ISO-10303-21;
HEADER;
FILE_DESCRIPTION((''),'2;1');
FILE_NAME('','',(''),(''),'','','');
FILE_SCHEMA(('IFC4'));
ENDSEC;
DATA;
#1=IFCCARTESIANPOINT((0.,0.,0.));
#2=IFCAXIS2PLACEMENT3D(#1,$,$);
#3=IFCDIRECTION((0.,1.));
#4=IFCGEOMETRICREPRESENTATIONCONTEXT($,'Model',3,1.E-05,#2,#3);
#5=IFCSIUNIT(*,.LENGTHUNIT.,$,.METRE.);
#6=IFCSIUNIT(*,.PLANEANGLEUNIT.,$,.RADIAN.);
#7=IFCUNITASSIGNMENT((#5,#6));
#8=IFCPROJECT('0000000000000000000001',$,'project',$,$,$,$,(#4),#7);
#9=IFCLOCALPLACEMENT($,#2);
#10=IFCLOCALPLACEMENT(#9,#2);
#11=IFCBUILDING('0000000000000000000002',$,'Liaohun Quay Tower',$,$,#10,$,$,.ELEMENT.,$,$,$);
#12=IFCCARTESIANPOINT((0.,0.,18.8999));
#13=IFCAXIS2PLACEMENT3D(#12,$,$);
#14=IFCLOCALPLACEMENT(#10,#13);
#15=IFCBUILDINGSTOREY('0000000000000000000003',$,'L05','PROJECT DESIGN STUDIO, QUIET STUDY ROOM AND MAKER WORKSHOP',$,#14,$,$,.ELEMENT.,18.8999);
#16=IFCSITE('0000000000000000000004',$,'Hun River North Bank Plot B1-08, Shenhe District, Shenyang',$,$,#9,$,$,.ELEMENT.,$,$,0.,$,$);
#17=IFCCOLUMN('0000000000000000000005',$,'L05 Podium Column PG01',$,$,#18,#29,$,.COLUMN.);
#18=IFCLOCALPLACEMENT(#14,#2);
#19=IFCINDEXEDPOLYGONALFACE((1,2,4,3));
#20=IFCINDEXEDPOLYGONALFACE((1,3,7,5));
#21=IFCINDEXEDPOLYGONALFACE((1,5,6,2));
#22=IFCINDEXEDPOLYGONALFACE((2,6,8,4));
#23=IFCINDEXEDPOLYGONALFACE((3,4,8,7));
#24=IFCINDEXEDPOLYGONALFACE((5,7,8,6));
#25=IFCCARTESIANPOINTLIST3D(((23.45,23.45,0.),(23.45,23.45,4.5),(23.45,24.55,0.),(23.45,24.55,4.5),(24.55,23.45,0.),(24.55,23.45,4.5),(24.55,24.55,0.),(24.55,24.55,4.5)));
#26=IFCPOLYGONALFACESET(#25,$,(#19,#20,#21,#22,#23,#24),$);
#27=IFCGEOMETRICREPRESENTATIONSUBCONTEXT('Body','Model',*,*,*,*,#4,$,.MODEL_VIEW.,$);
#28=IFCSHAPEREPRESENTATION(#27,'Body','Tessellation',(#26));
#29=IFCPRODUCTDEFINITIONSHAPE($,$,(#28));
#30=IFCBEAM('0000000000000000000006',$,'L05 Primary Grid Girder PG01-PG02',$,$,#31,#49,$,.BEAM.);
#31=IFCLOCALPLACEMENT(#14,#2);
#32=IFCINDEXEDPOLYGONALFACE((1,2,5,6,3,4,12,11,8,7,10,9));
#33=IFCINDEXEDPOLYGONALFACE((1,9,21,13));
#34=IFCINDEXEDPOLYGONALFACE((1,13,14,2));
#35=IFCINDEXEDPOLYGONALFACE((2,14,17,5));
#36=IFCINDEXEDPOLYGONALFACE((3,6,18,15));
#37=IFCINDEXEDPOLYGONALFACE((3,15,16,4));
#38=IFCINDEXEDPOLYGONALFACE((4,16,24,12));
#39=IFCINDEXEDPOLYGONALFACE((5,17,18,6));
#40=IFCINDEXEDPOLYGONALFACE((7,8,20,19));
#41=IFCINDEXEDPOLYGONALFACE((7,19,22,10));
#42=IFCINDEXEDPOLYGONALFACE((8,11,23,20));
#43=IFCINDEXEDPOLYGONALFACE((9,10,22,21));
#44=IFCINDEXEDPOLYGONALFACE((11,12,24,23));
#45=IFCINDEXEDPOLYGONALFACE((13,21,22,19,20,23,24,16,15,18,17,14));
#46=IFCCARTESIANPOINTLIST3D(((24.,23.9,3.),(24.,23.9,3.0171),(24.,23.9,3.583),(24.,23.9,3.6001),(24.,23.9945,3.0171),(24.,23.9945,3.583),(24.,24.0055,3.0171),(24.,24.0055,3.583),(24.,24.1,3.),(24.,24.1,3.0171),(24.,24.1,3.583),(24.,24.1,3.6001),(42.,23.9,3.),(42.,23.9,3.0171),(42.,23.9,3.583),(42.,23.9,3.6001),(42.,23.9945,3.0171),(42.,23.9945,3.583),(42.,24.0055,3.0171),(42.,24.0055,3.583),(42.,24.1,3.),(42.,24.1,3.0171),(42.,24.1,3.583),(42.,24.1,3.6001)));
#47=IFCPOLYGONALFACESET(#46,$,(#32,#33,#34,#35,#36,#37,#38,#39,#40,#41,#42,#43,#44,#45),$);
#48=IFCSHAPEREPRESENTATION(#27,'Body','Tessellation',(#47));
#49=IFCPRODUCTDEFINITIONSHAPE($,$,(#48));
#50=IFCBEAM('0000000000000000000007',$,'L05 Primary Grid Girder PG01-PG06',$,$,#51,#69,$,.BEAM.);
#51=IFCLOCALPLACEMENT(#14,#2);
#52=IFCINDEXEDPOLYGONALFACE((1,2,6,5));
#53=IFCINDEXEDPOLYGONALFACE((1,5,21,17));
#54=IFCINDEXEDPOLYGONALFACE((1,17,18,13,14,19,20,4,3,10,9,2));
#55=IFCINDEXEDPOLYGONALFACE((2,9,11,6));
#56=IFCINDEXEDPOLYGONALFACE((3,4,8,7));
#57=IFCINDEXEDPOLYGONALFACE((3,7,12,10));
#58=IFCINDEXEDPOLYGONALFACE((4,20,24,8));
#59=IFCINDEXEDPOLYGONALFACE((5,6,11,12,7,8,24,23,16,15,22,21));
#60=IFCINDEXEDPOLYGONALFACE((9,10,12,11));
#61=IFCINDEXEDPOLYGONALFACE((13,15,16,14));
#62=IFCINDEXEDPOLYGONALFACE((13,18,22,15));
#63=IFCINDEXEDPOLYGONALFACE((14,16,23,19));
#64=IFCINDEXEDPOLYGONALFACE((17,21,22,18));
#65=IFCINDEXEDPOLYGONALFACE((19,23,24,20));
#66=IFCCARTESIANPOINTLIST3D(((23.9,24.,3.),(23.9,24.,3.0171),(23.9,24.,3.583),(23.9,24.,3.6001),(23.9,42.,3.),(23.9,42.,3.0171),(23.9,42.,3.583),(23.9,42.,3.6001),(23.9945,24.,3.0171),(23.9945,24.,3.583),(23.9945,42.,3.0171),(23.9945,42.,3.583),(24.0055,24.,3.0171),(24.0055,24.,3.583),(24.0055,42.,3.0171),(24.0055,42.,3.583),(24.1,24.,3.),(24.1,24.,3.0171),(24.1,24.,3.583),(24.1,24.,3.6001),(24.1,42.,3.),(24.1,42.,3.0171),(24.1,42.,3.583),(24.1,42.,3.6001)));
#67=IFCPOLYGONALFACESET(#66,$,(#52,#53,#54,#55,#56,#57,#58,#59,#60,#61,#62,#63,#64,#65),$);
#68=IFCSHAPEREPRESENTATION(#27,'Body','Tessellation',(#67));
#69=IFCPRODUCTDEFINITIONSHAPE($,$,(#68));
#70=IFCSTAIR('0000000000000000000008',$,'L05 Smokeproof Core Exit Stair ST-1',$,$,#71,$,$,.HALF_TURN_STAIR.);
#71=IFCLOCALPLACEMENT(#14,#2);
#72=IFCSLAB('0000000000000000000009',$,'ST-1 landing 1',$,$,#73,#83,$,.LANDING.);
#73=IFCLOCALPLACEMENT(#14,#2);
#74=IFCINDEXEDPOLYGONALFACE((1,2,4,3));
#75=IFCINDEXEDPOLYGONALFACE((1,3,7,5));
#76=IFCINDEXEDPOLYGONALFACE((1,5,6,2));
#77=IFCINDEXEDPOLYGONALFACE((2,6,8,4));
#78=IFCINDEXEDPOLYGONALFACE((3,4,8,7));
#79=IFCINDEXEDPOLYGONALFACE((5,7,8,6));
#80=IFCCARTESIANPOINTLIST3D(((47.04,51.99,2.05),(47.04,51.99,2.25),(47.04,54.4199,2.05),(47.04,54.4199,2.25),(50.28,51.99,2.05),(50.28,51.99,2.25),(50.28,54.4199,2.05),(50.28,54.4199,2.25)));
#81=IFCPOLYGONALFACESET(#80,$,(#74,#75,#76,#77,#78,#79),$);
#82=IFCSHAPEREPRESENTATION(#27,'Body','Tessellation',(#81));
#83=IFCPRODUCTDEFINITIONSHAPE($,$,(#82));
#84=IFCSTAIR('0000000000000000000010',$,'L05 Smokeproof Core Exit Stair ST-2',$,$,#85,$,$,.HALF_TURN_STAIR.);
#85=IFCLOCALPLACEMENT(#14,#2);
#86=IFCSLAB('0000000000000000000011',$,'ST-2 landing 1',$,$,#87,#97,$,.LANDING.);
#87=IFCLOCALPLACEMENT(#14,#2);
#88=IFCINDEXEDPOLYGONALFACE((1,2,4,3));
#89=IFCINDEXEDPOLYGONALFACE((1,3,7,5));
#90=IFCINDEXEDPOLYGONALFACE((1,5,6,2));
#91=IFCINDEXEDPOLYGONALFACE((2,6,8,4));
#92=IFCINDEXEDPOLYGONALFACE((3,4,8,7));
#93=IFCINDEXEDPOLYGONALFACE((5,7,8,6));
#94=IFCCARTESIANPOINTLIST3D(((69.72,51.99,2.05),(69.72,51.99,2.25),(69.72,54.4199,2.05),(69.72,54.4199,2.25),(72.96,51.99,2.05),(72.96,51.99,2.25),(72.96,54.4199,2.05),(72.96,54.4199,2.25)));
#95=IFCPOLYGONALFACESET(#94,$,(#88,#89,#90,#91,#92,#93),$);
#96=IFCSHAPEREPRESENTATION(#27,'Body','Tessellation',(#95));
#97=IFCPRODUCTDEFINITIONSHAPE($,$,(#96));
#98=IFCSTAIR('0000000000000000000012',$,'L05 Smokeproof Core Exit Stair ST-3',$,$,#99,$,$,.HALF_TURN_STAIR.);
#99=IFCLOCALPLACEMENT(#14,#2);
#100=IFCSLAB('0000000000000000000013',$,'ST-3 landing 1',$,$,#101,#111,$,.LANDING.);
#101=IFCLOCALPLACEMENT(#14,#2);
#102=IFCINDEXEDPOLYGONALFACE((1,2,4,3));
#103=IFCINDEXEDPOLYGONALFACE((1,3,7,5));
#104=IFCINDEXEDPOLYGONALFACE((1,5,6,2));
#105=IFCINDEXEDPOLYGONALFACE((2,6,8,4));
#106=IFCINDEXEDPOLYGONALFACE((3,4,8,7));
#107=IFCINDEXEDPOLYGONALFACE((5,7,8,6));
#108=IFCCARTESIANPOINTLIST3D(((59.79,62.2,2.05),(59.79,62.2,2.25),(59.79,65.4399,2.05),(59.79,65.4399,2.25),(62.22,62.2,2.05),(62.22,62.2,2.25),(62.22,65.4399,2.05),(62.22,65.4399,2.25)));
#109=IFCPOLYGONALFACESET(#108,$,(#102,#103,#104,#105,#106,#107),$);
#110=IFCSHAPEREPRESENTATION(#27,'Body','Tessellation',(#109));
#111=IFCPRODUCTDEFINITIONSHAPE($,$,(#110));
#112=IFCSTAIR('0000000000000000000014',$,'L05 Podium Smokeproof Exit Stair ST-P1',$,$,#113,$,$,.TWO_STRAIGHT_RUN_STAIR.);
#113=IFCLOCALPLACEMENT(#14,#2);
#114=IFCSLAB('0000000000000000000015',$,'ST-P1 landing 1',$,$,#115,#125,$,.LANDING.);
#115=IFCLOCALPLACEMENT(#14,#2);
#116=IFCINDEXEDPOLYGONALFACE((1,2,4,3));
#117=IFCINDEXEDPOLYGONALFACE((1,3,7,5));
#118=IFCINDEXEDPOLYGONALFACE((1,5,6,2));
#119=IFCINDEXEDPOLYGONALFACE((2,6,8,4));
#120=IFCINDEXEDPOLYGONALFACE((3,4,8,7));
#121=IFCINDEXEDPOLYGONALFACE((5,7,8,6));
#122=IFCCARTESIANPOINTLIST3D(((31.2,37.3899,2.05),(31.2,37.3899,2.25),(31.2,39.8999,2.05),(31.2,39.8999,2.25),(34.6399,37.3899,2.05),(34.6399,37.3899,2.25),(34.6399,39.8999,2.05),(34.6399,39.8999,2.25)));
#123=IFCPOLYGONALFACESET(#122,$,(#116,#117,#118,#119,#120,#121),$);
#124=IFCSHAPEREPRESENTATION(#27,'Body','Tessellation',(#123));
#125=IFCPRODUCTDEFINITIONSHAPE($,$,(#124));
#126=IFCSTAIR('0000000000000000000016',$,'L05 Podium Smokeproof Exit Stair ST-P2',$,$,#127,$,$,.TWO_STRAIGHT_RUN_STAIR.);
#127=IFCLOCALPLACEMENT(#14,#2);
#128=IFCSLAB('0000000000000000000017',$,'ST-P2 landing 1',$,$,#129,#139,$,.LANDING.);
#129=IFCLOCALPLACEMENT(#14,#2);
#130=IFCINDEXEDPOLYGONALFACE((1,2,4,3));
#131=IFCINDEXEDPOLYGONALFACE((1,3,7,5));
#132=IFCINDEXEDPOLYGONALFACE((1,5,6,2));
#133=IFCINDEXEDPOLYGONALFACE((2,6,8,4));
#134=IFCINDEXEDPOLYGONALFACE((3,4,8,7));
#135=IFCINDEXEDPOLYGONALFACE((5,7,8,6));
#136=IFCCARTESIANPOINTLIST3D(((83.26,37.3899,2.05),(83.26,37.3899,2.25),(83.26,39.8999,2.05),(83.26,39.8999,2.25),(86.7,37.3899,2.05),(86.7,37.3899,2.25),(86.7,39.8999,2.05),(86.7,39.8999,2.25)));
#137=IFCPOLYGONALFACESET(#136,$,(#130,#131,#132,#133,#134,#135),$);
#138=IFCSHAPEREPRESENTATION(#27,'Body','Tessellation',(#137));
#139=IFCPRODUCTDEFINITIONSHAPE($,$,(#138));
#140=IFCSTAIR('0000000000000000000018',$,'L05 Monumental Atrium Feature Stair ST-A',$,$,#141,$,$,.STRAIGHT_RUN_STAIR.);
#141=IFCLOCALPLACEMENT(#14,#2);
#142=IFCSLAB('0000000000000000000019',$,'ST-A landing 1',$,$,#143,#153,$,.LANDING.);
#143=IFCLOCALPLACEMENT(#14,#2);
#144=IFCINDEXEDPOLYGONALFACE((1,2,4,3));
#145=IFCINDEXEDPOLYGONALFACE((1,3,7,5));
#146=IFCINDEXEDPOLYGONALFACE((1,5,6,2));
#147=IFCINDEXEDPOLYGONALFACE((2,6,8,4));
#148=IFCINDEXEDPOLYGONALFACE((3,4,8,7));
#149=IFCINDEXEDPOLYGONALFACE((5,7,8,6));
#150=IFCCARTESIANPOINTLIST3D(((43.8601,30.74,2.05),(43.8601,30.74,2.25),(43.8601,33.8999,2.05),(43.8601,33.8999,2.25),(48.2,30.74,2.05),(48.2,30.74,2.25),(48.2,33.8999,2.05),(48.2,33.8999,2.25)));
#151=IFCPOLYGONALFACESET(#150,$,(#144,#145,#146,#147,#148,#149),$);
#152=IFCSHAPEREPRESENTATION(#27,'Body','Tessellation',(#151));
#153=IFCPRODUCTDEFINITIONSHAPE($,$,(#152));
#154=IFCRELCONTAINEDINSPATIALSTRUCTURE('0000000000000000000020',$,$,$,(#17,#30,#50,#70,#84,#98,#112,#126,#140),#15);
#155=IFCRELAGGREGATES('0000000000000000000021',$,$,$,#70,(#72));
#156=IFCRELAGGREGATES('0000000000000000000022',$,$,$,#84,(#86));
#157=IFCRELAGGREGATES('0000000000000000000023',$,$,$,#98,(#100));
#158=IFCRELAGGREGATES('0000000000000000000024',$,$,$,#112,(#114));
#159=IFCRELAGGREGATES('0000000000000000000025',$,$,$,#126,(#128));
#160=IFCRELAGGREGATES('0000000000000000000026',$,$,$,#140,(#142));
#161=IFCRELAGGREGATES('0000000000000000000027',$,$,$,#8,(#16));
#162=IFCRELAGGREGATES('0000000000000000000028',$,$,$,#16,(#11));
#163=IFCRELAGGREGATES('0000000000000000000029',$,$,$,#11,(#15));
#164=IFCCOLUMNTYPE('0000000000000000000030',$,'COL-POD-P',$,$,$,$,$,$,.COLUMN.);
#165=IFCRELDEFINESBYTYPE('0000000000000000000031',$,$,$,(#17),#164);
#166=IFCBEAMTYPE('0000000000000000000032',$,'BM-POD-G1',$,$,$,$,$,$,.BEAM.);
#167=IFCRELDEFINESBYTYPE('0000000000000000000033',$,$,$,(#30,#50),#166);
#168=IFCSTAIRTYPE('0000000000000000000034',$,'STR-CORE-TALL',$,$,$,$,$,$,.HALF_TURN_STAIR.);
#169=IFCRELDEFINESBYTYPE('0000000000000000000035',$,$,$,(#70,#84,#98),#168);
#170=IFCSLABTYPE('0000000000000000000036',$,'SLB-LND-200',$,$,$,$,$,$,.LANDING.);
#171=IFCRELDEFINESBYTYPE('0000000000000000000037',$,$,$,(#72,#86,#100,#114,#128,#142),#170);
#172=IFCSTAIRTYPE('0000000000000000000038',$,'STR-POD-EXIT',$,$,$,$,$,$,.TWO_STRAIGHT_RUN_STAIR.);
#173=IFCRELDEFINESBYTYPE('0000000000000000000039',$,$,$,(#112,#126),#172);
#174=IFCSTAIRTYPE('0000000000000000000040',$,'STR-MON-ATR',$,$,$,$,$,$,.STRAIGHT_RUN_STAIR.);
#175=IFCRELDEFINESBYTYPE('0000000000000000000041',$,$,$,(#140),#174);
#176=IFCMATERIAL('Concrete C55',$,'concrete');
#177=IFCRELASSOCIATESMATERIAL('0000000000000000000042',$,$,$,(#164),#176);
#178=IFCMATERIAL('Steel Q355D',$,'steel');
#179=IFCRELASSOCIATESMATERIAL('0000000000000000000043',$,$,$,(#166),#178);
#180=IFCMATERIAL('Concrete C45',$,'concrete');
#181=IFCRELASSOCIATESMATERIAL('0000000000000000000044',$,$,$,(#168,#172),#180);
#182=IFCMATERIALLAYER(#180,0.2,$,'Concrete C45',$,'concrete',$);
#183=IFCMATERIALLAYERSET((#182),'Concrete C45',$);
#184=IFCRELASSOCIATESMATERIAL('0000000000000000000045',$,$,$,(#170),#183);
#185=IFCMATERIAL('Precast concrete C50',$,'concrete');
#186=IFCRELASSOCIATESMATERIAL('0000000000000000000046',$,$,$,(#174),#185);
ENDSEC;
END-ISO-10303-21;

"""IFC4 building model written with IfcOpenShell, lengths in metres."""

from ifc_helpers import new_model, si_unit, direction, frame, origin, origin_2d, place, context, subcontext, project, spatial, polyline, rectangle, i_section, outline, extrude, source, transform, mapped, material, layer, layer_set, material_profile, profile_set, type_object, element, aggregate, save


model = new_model("IFC4")

# Units and contexts
model_context = context("Model", 3, precision=1e-05, world=origin(), true_north=direction((0.0, 1.0)))
body_context = subcontext(model_context, "Body", "Model", "MODEL_VIEW")
ifc_project = project(units=[si_unit("LENGTHUNIT", "METRE"), si_unit("PLANEANGLEUNIT", "RADIAN")], contexts=[model_context])

# Site, building, storey
site_placement = place(None, origin())
site = spatial("IfcSite", under=ifc_project, at=site_placement, Name="Hun River North Bank Plot B1-08, Shenhe District, Shenyang", CompositionType="ELEMENT", RefElevation=0.0)
building_placement = place(site_placement, origin())
building = spatial("IfcBuilding", under=site, at=building_placement, Name="Liaohun Quay Tower", CompositionType="ELEMENT")
storey_placement = place(building_placement, frame((0.0, 0.0, 18.8999)))
storey = spatial("IfcBuildingStorey", under=building, at=storey_placement, Name="L05", Description="PROJECT DESIGN STUDIO, QUIET STUDY ROOM AND MAKER WORKSHOP", CompositionType="ELEMENT", Elevation=18.8999)

# Column
ifc_material_1 = material(Name="Concrete C55", Category="concrete")
ifc_material_profile_1 = material_profile(ifc_material_1, rectangle(XDim=1.1001, YDim=1.1001, at=origin_2d()), Name="RC1100x1100")
ifc_profile_set_1 = profile_set([ifc_material_profile_1], Name="Concrete C55")
column_type = type_object("IfcColumnType", Name="COL-POD-P", PredefinedType="COLUMN", material=ifc_profile_set_1)
shared_shape_1 = source(origin(), body_context, "Body", "SweptSolid", [
    extrude(rectangle(XDim=1.1001, YDim=1.1001, at=origin_2d()), origin(), (0.0, 0.0, 1.0), 4.5),
])
column_placement = place(storey_placement, frame((24.0, 24.0, 0.0), z_axis=(0.0, 0.0, 1.0), x_axis=(1.0, 0.0, 0.0)))
element("IfcColumn", 1, at=column_placement, inside=storey, type_object=column_type, Name="L05 Podium Column PG01", PredefinedType="COLUMN", context=body_context, shape_type="MappedRepresentation", body=[
    mapped(shared_shape_1, transform((0.0, 0.0, 0.0), x_axis=(1.0, 0.0, 0.0), y_axis=(0.0, 1.0, 0.0), z_axis=(0.0, 0.0, 1.0), scale=1.0)),
])

# Beams
ifc_material_2 = material(Name="Steel Q355D", Category="steel")
ifc_material_profile_2 = material_profile(ifc_material_2, i_section(OverallWidth=0.2, OverallDepth=0.6001, WebThickness=0.011, FlangeThickness=0.0171, at=origin_2d()), Name="HN600x200x11x17")
ifc_profile_set_2 = profile_set([ifc_material_profile_2], Name="Steel Q355D")
beam_type = type_object("IfcBeamType", Name="BM-POD-G1", PredefinedType="BEAM", material=ifc_profile_set_2)
shared_shape_2 = source(origin(), body_context, "Body", "SweptSolid", [
    extrude(i_section(OverallWidth=0.2, OverallDepth=0.6001, WebThickness=0.011, FlangeThickness=0.0171, at=origin_2d()), origin(), (0.0, 0.0, 1.0), 18.0),
])
for number, where, z_axis, x_axis, name in (
    (2, (24.0, 24.0, 3.3), (1.0, 0.0, 0.0), (0.0, 1.0, 0.0), "L05 Primary Grid Girder PG01-PG02"),
    (3, (24.0, 24.0, 3.3), (0.0, 1.0, 0.0), (-1.0, 0.0, 0.0), "L05 Primary Grid Girder PG01-PG06"),
):
    element("IfcBeam", number, at=place(storey_placement, frame(where, z_axis=z_axis, x_axis=x_axis)), inside=storey, type_object=beam_type, Name=name, PredefinedType="BEAM", context=body_context, shape_type="MappedRepresentation", body=[
        mapped(shared_shape_2, transform((0.0, 0.0, 0.0), x_axis=(1.0, 0.0, 0.0), y_axis=(0.0, 1.0, 0.0), z_axis=(0.0, 0.0, 1.0), scale=1.0)),
    ])

# Stairs, slabs
ifc_material_3 = material(Name="Concrete C45", Category="concrete")
stair_type_1 = type_object("IfcStairType", Name="STR-CORE-TALL", PredefinedType="HALF_TURN_STAIR", material=ifc_material_3)
stair_1_placement = place(storey_placement, origin())
stair_1 = element("IfcStair", 4, at=stair_1_placement, inside=storey, type_object=stair_type_1, Name="L05 Smokeproof Core Exit Stair ST-1", PredefinedType="HALF_TURN_STAIR")
ifc_layer_1 = layer(ifc_material_3, 0.2, Name="Concrete C45", Category="concrete")
ifc_layer_set_1 = layer_set([ifc_layer_1], Name="Concrete C45")
slab_type_1 = type_object("IfcSlabType", Name="SLB-LND-200", PredefinedType="LANDING", material=ifc_layer_set_1)
slab_1_placement = place(storey_placement, frame((0.0, 0.0, 2.05)))
slab_1 = element("IfcSlab", 5, at=slab_1_placement, type_object=slab_type_1, Name="ST-1 landing 1", PredefinedType="LANDING", context=body_context, shape_type="SweptSolid", body=[
    extrude(outline(polyline([(50.28, 51.99), (50.28, 54.4199), (47.04, 54.4199), (47.04, 51.99), (50.28, 51.99)])), origin(), (0.0, 0.0, 1.0), 0.2),
])
aggregate(stair_1, [slab_1])
stair_2_placement = place(storey_placement, origin())
stair_2 = element("IfcStair", 6, at=stair_2_placement, inside=storey, type_object=stair_type_1, Name="L05 Smokeproof Core Exit Stair ST-2", PredefinedType="HALF_TURN_STAIR")
slab_2_placement = place(storey_placement, frame((0.0, 0.0, 2.05)))
slab_2 = element("IfcSlab", 7, at=slab_2_placement, type_object=slab_type_1, Name="ST-2 landing 1", PredefinedType="LANDING", context=body_context, shape_type="SweptSolid", body=[
    extrude(outline(polyline([(72.96, 51.99), (72.96, 54.4199), (69.72, 54.4199), (69.72, 51.99), (72.96, 51.99)])), origin(), (0.0, 0.0, 1.0), 0.2),
])
aggregate(stair_2, [slab_2])
stair_3_placement = place(storey_placement, origin())
stair_3 = element("IfcStair", 8, at=stair_3_placement, inside=storey, type_object=stair_type_1, Name="L05 Smokeproof Core Exit Stair ST-3", PredefinedType="HALF_TURN_STAIR")
slab_3_placement = place(storey_placement, frame((0.0, 0.0, 2.05)))
slab_3 = element("IfcSlab", 9, at=slab_3_placement, type_object=slab_type_1, Name="ST-3 landing 1", PredefinedType="LANDING", context=body_context, shape_type="SweptSolid", body=[
    extrude(outline(polyline([(59.79, 62.2), (62.22, 62.2), (62.22, 65.4399), (59.79, 65.4399), (59.79, 62.2)])), origin(), (0.0, 0.0, 1.0), 0.2),
])
aggregate(stair_3, [slab_3])
stair_type_2 = type_object("IfcStairType", Name="STR-POD-EXIT", PredefinedType="TWO_STRAIGHT_RUN_STAIR", material=ifc_material_3)
stair_4_placement = place(storey_placement, origin())
stair_4 = element("IfcStair", 10, at=stair_4_placement, inside=storey, type_object=stair_type_2, Name="L05 Podium Smokeproof Exit Stair ST-P1", PredefinedType="TWO_STRAIGHT_RUN_STAIR")
slab_4_placement = place(storey_placement, frame((0.0, 0.0, 2.05)))
slab_4 = element("IfcSlab", 11, at=slab_4_placement, type_object=slab_type_1, Name="ST-P1 landing 1", PredefinedType="LANDING", context=body_context, shape_type="SweptSolid", body=[
    extrude(outline(polyline([(34.6399, 37.3899), (34.6399, 39.8999), (31.2, 39.8999), (31.2, 37.3899), (34.6399, 37.3899)])), origin(), (0.0, 0.0, 1.0), 0.2),
])
aggregate(stair_4, [slab_4])
stair_5_placement = place(storey_placement, origin())
stair_5 = element("IfcStair", 12, at=stair_5_placement, inside=storey, type_object=stair_type_2, Name="L05 Podium Smokeproof Exit Stair ST-P2", PredefinedType="TWO_STRAIGHT_RUN_STAIR")
slab_5_placement = place(storey_placement, frame((0.0, 0.0, 2.05)))
slab_5 = element("IfcSlab", 13, at=slab_5_placement, type_object=slab_type_1, Name="ST-P2 landing 1", PredefinedType="LANDING", context=body_context, shape_type="SweptSolid", body=[
    extrude(outline(polyline([(86.7, 37.3899), (86.7, 39.8999), (83.26, 39.8999), (83.26, 37.3899), (86.7, 37.3899)])), origin(), (0.0, 0.0, 1.0), 0.2),
])
aggregate(stair_5, [slab_5])
ifc_material_4 = material(Name="Precast concrete C50", Category="concrete")
stair_type_3 = type_object("IfcStairType", Name="STR-MON-ATR", PredefinedType="STRAIGHT_RUN_STAIR", material=ifc_material_4)
stair_6_placement = place(storey_placement, origin())
stair_6 = element("IfcStair", 14, at=stair_6_placement, inside=storey, type_object=stair_type_3, Name="L05 Monumental Atrium Feature Stair ST-A", PredefinedType="STRAIGHT_RUN_STAIR")
slab_6_placement = place(storey_placement, frame((0.0, 0.0, 2.05)))
slab_6 = element("IfcSlab", 15, at=slab_6_placement, type_object=slab_type_1, Name="ST-A landing 1", PredefinedType="LANDING", context=body_context, shape_type="SweptSolid", body=[
    extrude(outline(polyline([(48.2, 30.74), (48.2, 33.8999), (43.8601, 33.8999), (43.8601, 30.74), (48.2, 30.74)])), origin(), (0.0, 0.0, 1.0), 0.2),
])
aggregate(stair_6, [slab_6])

save(model, "model.ifc")
